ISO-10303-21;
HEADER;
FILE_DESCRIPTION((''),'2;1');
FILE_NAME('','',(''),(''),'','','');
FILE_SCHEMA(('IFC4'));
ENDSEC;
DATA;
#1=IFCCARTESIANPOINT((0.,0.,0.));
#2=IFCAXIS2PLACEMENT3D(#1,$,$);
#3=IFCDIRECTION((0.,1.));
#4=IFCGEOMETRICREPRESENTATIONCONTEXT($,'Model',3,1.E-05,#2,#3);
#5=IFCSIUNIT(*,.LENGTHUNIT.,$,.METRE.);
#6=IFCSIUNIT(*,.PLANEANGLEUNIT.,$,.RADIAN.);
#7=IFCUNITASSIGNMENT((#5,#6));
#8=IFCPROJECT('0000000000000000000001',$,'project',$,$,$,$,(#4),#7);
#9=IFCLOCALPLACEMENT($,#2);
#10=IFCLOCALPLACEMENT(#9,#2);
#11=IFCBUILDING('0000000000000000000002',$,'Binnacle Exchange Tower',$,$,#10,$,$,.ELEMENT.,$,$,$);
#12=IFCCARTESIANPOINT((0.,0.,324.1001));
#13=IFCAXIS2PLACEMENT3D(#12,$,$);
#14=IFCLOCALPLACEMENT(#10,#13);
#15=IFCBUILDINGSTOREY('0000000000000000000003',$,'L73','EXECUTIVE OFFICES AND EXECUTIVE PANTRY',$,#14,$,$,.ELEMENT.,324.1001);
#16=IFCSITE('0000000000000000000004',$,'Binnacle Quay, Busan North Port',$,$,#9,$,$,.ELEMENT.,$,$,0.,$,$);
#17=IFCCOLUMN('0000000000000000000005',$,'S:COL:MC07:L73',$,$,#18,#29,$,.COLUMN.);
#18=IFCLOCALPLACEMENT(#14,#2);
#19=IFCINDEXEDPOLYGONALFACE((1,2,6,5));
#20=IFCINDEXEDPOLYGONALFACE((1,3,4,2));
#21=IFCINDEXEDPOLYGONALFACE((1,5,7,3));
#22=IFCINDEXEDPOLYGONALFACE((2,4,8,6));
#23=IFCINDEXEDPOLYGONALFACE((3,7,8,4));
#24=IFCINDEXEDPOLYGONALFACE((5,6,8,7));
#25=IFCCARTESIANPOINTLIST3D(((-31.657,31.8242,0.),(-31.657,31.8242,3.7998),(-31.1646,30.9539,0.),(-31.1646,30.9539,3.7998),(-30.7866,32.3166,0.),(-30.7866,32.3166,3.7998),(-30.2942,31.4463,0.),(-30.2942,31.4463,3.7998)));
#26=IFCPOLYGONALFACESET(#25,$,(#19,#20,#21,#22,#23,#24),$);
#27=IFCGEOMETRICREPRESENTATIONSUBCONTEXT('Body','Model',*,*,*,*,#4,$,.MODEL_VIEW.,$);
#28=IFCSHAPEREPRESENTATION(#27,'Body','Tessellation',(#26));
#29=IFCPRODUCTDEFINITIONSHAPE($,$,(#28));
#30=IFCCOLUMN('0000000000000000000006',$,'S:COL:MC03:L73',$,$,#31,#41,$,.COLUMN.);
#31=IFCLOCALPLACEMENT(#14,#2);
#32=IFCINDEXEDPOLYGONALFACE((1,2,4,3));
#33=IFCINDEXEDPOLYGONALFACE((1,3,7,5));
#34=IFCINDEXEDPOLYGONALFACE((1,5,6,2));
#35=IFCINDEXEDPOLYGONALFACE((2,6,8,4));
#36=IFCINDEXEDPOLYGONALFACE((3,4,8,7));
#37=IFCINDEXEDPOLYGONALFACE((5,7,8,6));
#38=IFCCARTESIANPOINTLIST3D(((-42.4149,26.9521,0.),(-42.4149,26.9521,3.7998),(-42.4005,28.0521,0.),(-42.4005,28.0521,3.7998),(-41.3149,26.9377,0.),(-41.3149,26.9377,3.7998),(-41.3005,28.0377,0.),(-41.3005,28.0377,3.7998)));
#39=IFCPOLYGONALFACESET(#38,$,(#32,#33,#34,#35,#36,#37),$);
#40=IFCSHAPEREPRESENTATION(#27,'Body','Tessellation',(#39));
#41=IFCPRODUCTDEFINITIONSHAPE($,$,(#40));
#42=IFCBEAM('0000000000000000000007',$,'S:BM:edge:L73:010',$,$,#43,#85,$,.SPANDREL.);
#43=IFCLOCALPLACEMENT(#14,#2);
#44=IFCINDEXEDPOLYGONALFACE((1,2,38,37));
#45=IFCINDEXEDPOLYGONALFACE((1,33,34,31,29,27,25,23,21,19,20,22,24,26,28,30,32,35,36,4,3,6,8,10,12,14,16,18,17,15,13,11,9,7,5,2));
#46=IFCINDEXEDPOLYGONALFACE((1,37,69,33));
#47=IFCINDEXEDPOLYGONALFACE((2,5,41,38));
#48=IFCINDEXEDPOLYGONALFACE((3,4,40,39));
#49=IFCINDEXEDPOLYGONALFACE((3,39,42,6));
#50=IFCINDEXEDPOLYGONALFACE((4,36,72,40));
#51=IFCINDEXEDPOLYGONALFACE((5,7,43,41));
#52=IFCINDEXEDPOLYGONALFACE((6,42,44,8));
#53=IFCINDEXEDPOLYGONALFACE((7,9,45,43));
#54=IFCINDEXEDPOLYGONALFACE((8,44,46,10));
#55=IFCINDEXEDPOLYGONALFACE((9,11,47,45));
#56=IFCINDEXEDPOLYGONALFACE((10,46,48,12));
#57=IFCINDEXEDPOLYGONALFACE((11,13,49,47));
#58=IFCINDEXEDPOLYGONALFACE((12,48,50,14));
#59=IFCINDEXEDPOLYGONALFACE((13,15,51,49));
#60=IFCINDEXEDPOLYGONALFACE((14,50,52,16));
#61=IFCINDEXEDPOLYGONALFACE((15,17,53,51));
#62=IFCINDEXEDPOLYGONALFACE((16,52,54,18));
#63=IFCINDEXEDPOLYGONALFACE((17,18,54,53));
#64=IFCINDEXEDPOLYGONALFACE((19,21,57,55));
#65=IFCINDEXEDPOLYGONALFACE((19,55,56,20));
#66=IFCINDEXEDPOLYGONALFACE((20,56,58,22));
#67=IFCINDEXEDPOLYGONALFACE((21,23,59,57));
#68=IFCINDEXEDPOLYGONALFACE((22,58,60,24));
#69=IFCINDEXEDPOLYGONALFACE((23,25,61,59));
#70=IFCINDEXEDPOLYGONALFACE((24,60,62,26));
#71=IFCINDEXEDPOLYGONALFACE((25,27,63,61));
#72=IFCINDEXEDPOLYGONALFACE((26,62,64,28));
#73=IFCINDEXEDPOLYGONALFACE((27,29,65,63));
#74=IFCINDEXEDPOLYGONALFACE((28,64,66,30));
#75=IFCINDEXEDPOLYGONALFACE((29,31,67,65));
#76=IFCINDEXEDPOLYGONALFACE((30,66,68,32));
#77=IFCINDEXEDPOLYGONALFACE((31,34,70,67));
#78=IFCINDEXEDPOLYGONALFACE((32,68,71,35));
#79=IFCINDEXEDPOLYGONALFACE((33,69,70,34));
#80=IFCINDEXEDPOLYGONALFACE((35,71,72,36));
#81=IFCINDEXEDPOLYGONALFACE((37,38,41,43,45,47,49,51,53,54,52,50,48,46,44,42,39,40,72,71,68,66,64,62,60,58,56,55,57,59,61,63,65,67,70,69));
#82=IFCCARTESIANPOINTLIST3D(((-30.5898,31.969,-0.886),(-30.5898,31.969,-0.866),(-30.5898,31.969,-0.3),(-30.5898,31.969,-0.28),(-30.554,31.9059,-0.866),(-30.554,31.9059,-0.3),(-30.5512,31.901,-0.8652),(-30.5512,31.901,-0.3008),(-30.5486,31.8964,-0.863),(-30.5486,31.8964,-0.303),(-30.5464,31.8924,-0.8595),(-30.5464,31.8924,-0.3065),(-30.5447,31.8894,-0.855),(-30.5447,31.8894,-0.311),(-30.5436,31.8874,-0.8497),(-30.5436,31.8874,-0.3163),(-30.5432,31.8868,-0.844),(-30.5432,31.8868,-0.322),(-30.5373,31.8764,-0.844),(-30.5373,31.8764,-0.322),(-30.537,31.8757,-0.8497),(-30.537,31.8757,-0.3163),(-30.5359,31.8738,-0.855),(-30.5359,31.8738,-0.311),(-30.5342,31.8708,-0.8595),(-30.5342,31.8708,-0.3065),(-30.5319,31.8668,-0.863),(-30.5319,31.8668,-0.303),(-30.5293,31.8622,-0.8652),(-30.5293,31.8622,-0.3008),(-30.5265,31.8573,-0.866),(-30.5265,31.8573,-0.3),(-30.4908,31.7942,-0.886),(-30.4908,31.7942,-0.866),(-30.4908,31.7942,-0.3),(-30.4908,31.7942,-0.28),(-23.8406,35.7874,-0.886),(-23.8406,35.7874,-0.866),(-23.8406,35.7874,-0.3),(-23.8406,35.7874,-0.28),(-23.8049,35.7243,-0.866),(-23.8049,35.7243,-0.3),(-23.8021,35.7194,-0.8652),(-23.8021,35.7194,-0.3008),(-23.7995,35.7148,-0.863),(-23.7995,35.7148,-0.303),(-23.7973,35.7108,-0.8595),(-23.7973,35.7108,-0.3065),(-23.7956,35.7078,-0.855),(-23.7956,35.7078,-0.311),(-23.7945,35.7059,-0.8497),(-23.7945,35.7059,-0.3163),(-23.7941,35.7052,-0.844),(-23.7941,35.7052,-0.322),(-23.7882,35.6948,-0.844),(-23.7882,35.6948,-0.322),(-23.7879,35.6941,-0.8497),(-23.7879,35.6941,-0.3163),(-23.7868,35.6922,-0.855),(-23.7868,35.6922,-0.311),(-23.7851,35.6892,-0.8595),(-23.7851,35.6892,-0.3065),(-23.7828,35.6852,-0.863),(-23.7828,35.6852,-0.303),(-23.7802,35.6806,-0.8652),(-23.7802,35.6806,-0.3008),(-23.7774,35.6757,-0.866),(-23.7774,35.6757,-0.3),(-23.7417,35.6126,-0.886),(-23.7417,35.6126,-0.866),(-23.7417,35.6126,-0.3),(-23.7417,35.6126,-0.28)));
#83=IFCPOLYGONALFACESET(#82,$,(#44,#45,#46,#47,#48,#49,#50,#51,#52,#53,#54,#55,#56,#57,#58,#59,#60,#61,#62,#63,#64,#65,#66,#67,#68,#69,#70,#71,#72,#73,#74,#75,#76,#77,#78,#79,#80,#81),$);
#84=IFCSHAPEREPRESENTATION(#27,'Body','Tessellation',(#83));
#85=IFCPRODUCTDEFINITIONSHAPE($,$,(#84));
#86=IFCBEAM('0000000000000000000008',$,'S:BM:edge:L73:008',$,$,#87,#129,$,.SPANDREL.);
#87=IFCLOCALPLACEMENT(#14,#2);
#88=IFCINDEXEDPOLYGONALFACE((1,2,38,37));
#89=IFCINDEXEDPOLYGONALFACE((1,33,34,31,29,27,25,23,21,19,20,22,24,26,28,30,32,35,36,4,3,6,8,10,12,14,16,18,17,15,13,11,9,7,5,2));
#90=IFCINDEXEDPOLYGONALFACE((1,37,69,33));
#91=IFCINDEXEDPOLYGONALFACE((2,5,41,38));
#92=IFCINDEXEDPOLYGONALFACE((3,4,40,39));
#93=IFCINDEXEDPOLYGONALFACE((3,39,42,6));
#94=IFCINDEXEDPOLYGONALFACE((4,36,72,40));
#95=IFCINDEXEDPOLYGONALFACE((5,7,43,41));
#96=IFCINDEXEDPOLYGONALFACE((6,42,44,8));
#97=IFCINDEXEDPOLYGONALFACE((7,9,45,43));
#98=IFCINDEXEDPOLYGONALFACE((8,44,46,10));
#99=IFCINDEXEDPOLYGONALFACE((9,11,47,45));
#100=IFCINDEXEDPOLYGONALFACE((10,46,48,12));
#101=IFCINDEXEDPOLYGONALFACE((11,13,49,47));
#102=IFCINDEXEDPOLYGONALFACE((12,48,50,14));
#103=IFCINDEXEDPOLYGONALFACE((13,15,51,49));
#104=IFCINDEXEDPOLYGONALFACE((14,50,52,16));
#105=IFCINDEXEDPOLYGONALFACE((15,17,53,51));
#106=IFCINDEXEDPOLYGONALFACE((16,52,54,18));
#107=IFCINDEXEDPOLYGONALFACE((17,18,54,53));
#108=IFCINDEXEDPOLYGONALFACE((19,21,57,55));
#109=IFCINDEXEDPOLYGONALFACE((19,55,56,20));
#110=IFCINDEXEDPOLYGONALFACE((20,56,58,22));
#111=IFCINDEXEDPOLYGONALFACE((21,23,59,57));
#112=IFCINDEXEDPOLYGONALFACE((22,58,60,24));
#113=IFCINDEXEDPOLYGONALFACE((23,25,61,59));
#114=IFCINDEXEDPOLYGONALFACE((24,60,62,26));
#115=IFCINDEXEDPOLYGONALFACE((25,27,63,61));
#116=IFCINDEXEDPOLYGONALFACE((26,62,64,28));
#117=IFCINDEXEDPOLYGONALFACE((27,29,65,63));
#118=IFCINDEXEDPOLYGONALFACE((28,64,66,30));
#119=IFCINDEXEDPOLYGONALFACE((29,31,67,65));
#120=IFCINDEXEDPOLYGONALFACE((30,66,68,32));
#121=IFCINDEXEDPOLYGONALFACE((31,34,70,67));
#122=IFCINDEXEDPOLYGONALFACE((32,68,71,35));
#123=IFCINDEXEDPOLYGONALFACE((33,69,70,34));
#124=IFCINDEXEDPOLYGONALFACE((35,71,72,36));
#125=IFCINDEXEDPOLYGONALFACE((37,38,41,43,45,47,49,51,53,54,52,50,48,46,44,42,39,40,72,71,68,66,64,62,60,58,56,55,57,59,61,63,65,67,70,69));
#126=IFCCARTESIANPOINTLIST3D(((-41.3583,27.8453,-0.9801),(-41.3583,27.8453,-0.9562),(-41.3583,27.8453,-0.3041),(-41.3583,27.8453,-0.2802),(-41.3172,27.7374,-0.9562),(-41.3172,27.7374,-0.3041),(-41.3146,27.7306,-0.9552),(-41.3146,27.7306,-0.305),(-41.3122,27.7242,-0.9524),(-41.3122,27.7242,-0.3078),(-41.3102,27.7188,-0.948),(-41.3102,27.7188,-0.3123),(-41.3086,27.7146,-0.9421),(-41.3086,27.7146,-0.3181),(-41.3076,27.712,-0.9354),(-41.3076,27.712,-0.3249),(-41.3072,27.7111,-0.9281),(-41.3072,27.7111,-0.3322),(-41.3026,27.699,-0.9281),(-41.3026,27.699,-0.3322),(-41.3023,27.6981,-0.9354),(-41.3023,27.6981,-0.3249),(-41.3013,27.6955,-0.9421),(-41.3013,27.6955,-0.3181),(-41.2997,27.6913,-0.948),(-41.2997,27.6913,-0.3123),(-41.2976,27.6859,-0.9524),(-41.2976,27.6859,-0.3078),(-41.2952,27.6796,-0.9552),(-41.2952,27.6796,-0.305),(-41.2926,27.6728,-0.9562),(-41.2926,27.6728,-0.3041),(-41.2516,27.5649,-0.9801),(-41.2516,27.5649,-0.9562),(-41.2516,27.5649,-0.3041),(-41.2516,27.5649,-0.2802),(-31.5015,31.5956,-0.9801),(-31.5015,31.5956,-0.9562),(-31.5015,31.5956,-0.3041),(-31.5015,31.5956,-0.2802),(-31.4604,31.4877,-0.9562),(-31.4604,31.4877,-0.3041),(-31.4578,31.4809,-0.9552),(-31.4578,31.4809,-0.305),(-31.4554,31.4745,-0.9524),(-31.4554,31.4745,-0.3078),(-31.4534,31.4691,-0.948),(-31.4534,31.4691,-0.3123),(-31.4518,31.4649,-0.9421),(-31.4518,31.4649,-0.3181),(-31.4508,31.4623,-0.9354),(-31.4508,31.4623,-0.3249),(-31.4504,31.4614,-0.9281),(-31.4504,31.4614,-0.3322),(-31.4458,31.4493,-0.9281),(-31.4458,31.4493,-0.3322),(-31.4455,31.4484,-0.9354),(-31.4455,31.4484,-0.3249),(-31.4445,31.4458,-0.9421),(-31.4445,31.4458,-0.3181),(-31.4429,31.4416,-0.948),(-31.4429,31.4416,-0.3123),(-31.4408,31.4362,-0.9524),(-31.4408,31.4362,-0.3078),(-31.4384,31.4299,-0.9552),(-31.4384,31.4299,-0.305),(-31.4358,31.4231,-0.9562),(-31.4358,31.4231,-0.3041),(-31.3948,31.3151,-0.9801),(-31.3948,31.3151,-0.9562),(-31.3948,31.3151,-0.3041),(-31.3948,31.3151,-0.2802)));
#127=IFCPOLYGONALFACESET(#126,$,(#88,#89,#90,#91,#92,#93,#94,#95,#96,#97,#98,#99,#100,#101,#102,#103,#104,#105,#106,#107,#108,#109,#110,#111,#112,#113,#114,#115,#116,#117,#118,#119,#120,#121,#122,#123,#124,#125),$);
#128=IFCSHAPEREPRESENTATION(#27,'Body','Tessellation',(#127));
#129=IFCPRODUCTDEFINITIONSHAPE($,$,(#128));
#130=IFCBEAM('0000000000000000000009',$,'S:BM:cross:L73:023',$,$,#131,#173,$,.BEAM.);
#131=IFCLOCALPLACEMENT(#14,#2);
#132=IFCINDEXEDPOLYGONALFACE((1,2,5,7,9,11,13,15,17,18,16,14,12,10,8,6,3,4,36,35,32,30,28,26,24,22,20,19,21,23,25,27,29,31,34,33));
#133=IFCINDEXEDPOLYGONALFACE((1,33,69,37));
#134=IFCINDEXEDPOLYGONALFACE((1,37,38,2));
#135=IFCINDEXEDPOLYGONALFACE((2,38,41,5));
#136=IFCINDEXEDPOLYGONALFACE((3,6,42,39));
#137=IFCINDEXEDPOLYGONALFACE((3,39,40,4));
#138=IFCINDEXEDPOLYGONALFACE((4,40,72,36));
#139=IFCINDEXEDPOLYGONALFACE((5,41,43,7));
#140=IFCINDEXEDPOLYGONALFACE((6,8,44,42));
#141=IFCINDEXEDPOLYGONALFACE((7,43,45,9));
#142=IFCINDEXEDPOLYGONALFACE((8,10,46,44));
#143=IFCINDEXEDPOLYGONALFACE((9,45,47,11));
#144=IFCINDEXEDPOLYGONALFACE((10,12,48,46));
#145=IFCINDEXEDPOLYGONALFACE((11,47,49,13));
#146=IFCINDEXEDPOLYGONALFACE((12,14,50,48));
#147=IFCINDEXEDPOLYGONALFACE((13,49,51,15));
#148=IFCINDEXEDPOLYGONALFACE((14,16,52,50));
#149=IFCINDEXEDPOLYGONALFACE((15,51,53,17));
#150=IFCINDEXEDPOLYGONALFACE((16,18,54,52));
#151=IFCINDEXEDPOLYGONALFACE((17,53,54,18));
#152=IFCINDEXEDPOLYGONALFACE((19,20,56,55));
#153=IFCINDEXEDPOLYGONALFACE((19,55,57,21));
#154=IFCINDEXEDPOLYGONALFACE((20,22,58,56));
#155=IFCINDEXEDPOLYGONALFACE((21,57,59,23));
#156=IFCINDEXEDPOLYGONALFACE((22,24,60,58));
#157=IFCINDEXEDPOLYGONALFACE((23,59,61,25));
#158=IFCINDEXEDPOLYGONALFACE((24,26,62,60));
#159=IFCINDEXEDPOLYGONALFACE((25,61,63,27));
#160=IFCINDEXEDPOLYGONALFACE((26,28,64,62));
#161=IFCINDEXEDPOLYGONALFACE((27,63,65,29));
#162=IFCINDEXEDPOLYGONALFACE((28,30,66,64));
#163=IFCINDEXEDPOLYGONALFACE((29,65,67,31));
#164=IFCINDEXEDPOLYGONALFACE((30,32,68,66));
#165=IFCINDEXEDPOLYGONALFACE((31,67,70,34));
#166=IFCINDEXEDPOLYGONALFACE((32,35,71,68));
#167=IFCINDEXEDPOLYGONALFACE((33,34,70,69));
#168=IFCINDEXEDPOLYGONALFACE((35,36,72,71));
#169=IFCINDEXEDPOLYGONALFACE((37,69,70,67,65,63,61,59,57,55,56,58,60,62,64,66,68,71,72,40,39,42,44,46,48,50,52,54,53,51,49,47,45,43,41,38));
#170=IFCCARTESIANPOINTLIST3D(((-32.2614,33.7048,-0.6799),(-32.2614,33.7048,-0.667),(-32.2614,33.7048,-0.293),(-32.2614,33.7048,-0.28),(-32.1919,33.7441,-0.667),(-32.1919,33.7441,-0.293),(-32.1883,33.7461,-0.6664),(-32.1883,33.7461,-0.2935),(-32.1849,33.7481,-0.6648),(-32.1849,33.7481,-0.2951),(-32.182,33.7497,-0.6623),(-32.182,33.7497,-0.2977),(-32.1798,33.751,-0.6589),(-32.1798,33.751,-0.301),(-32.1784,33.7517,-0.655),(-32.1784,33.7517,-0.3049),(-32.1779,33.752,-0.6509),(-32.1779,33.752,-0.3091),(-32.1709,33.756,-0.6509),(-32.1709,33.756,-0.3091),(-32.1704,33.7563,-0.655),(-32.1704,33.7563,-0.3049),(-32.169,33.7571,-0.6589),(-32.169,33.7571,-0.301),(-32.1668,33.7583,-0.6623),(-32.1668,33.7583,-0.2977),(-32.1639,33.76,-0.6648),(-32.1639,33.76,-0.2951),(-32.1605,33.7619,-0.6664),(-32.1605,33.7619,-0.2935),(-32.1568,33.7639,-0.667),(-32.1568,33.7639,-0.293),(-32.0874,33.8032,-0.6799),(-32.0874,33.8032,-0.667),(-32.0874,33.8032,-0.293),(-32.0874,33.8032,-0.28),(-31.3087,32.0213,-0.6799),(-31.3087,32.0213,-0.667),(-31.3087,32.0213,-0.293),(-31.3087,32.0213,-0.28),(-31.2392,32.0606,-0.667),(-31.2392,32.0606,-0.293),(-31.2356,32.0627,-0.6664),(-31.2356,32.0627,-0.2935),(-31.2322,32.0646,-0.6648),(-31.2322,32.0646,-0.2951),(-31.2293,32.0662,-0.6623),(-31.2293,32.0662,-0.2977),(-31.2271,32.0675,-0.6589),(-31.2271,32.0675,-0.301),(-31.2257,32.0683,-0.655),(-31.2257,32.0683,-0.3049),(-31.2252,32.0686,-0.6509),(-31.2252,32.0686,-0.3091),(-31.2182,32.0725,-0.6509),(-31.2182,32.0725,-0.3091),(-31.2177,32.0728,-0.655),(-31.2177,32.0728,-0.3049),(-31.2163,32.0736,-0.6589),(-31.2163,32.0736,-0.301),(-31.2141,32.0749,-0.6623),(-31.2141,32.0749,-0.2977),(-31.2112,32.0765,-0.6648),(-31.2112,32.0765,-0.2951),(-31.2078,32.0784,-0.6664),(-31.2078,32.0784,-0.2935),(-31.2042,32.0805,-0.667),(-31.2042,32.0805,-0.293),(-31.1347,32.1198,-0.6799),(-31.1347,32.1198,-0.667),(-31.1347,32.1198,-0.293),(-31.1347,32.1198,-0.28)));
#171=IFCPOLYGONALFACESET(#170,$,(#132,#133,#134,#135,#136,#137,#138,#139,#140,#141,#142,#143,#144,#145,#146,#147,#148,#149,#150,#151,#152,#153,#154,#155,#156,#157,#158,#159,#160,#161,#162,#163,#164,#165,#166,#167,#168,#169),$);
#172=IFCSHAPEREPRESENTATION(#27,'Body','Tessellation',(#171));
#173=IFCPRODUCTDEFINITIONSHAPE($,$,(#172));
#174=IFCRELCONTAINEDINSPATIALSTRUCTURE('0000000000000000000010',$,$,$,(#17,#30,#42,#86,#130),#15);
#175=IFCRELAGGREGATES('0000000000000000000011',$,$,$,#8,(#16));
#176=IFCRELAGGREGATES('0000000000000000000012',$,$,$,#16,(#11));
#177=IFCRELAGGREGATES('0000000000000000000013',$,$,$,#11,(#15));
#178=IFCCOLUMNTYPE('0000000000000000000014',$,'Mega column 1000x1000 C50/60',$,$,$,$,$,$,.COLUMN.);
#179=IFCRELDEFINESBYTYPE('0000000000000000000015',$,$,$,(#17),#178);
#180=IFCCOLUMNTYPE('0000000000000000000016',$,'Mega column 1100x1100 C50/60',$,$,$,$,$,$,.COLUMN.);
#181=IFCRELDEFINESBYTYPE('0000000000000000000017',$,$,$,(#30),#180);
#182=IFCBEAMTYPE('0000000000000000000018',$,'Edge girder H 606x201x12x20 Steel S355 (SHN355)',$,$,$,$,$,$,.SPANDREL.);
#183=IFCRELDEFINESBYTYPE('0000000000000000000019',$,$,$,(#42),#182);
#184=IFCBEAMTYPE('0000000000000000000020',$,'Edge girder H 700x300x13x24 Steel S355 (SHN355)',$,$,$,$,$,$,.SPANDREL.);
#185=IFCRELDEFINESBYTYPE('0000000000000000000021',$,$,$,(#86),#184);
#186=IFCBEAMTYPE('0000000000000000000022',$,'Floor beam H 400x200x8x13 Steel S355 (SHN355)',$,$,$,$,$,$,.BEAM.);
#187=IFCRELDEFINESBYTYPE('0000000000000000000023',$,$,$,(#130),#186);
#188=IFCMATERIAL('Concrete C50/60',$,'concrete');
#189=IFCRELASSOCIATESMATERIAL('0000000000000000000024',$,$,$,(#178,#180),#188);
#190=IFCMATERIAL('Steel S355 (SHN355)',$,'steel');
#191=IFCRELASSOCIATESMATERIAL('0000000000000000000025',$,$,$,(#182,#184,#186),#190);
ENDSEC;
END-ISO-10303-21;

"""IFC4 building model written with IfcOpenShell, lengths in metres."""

from ifc_helpers import new_model, si_unit, direction, frame, origin, origin_2d, place, context, subcontext, project, spatial, rectangle, i_section, extrude, material, material_profile, profile_set, type_object, element, save


model = new_model("IFC4")

# Units and contexts
model_context = context("Model", 3, precision=1e-05, world=origin(), true_north=direction((0.0, 1.0)))
body_context = subcontext(model_context, "Body", "Model", "MODEL_VIEW")
ifc_project = project(units=[si_unit("LENGTHUNIT", "METRE"), si_unit("PLANEANGLEUNIT", "RADIAN")], contexts=[model_context])

# Site, building, storey
site_placement = place(None, origin())
site = spatial("IfcSite", under=ifc_project, at=site_placement, Name="Binnacle Quay, Busan North Port", CompositionType="ELEMENT", RefElevation=0.0)
building_placement = place(site_placement, origin())
building = spatial("IfcBuilding", under=site, at=building_placement, Name="Binnacle Exchange Tower", CompositionType="ELEMENT")
storey_placement = place(building_placement, frame((0.0, 0.0, 324.1001)))
storey = spatial("IfcBuildingStorey", under=building, at=storey_placement, Name="L73", Description="EXECUTIVE OFFICES AND EXECUTIVE PANTRY", CompositionType="ELEMENT", Elevation=324.1001)

# Columns
ifc_material_1 = material(Name="Concrete C50/60", Category="concrete")
ifc_material_profile_1 = material_profile(ifc_material_1, rectangle(XDim=1.0, YDim=1.0, at=origin_2d()), Name="Mega column 1000x1000 C50/60")
ifc_profile_set_1 = profile_set([ifc_material_profile_1], Name="Concrete C50/60")
column_type_1 = type_object("IfcColumnType", Name="Mega column 1000x1000 C50/60", PredefinedType="COLUMN", material=ifc_profile_set_1)
column_1_placement = place(storey_placement, frame((-30.9756, 31.6353, 0.0), z_axis=(0.0, 0.0, 1.0), x_axis=(0.870356, 0.492424, 0.0)))
element("IfcColumn", 1, at=column_1_placement, inside=storey, type_object=column_type_1, Name="S:COL:MC07:L73", PredefinedType="COLUMN", context=body_context, shape_type="SweptSolid", body=[
    extrude(rectangle(XDim=1.0, YDim=1.0, at=origin_2d()), origin(), (0.0, 0.0, 1.0), 3.7998),
])
ifc_material_profile_2 = material_profile(ifc_material_1, rectangle(XDim=1.1001, YDim=1.1001, at=origin_2d()), Name="Mega column 1100x1100 C50/60")
ifc_profile_set_2 = profile_set([ifc_material_profile_2], Name="Concrete C50/60")
column_type_2 = type_object("IfcColumnType", Name="Mega column 1100x1100 C50/60", PredefinedType="COLUMN", material=ifc_profile_set_2)
column_2_placement = place(storey_placement, frame((-41.8577, 27.4949, 0.0), z_axis=(0.0, 0.0, 1.0), x_axis=(0.999914, -0.01309, 0.0)))
element("IfcColumn", 2, at=column_2_placement, inside=storey, type_object=column_type_2, Name="S:COL:MC03:L73", PredefinedType="COLUMN", context=body_context, shape_type="SweptSolid", body=[
    extrude(rectangle(XDim=1.1001, YDim=1.1001, at=origin_2d()), origin(), (0.0, 0.0, 1.0), 3.7998),
])

# Beams
ifc_material_2 = material(Name="Steel S355 (SHN355)", Category="steel")
ifc_material_profile_3 = material_profile(ifc_material_2, i_section(OverallWidth=0.2009, OverallDepth=0.606, WebThickness=0.012, FlangeThickness=0.02, FilletRadius=0.022, at=origin_2d()), Name="H 606x201x12x20")
ifc_profile_set_3 = profile_set([ifc_material_profile_3], Name="Steel S355 (SHN355)")
beam_type_1 = type_object("IfcBeamType", Name="Edge girder H 606x201x12x20 Steel S355 (SHN355)", PredefinedType="SPANDREL", material=ifc_profile_set_3)
beam_1_placement = place(storey_placement, frame((-30.5403, 31.8816, -0.583), z_axis=(0.870359, 0.492418, 0.0), x_axis=(-0.492418, 0.870359, 0.0)))
element("IfcBeam", 3, at=beam_1_placement, inside=storey, type_object=beam_type_1, Name="S:BM:edge:L73:010", PredefinedType="SPANDREL", context=body_context, shape_type="SweptSolid", body=[
    extrude(i_section(OverallWidth=0.2009, OverallDepth=0.606, WebThickness=0.012, FlangeThickness=0.02, FilletRadius=0.022, at=origin_2d()), origin(), (0.0, 0.0, 1.0), 7.7544),
])
ifc_material_profile_4 = material_profile(ifc_material_2, i_section(OverallWidth=0.3, OverallDepth=0.7, WebThickness=0.0129, FlangeThickness=0.0239, FilletRadius=0.0281, at=origin_2d()), Name="H 700x300x13x24")
ifc_profile_set_4 = profile_set([ifc_material_profile_4], Name="Steel S355 (SHN355)")
beam_type_2 = type_object("IfcBeamType", Name="Edge girder H 700x300x13x24 Steel S355 (SHN355)", PredefinedType="SPANDREL", material=ifc_profile_set_4)
beam_2_placement = place(storey_placement, frame((-41.3049, 27.7051, -0.6301), z_axis=(0.934635, 0.355607, 0.0), x_axis=(-0.355607, 0.934635, 0.0)))
element("IfcBeam", 4, at=beam_2_placement, inside=storey, type_object=beam_type_2, Name="S:BM:edge:L73:008", PredefinedType="SPANDREL", context=body_context, shape_type="SweptSolid", body=[
    extrude(i_section(OverallWidth=0.3, OverallDepth=0.7, WebThickness=0.0129, FlangeThickness=0.0239, FilletRadius=0.0281, at=origin_2d()), origin(), (0.0, 0.0, 1.0), 10.5461),
])
ifc_material_profile_5 = material_profile(ifc_material_2, i_section(OverallWidth=0.2, OverallDepth=0.3999, WebThickness=0.0081, FlangeThickness=0.0129, FilletRadius=0.0161, at=origin_2d()), Name="H 400x200x8x13")
ifc_profile_set_5 = profile_set([ifc_material_profile_5], Name="Steel S355 (SHN355)")
beam_type_3 = type_object("IfcBeamType", Name="Floor beam H 400x200x8x13 Steel S355 (SHN355)", PredefinedType="BEAM", material=ifc_profile_set_5)
beam_3_placement = place(storey_placement, frame((-31.2217, 32.0706, -0.48), z_axis=(-0.492519, 0.870302, 0.0), x_axis=(-0.870302, -0.492519, 0.0)))
element("IfcBeam", 5, at=beam_3_placement, inside=storey, type_object=beam_type_3, Name="S:BM:cross:L73:023", PredefinedType="BEAM", context=body_context, shape_type="SweptSolid", body=[
    extrude(i_section(OverallWidth=0.2, OverallDepth=0.3999, WebThickness=0.0081, FlangeThickness=0.0129, FilletRadius=0.0161, at=origin_2d()), origin(), (0.0, 0.0, 1.0), 1.9343),
])

save(model, "model.ifc")
